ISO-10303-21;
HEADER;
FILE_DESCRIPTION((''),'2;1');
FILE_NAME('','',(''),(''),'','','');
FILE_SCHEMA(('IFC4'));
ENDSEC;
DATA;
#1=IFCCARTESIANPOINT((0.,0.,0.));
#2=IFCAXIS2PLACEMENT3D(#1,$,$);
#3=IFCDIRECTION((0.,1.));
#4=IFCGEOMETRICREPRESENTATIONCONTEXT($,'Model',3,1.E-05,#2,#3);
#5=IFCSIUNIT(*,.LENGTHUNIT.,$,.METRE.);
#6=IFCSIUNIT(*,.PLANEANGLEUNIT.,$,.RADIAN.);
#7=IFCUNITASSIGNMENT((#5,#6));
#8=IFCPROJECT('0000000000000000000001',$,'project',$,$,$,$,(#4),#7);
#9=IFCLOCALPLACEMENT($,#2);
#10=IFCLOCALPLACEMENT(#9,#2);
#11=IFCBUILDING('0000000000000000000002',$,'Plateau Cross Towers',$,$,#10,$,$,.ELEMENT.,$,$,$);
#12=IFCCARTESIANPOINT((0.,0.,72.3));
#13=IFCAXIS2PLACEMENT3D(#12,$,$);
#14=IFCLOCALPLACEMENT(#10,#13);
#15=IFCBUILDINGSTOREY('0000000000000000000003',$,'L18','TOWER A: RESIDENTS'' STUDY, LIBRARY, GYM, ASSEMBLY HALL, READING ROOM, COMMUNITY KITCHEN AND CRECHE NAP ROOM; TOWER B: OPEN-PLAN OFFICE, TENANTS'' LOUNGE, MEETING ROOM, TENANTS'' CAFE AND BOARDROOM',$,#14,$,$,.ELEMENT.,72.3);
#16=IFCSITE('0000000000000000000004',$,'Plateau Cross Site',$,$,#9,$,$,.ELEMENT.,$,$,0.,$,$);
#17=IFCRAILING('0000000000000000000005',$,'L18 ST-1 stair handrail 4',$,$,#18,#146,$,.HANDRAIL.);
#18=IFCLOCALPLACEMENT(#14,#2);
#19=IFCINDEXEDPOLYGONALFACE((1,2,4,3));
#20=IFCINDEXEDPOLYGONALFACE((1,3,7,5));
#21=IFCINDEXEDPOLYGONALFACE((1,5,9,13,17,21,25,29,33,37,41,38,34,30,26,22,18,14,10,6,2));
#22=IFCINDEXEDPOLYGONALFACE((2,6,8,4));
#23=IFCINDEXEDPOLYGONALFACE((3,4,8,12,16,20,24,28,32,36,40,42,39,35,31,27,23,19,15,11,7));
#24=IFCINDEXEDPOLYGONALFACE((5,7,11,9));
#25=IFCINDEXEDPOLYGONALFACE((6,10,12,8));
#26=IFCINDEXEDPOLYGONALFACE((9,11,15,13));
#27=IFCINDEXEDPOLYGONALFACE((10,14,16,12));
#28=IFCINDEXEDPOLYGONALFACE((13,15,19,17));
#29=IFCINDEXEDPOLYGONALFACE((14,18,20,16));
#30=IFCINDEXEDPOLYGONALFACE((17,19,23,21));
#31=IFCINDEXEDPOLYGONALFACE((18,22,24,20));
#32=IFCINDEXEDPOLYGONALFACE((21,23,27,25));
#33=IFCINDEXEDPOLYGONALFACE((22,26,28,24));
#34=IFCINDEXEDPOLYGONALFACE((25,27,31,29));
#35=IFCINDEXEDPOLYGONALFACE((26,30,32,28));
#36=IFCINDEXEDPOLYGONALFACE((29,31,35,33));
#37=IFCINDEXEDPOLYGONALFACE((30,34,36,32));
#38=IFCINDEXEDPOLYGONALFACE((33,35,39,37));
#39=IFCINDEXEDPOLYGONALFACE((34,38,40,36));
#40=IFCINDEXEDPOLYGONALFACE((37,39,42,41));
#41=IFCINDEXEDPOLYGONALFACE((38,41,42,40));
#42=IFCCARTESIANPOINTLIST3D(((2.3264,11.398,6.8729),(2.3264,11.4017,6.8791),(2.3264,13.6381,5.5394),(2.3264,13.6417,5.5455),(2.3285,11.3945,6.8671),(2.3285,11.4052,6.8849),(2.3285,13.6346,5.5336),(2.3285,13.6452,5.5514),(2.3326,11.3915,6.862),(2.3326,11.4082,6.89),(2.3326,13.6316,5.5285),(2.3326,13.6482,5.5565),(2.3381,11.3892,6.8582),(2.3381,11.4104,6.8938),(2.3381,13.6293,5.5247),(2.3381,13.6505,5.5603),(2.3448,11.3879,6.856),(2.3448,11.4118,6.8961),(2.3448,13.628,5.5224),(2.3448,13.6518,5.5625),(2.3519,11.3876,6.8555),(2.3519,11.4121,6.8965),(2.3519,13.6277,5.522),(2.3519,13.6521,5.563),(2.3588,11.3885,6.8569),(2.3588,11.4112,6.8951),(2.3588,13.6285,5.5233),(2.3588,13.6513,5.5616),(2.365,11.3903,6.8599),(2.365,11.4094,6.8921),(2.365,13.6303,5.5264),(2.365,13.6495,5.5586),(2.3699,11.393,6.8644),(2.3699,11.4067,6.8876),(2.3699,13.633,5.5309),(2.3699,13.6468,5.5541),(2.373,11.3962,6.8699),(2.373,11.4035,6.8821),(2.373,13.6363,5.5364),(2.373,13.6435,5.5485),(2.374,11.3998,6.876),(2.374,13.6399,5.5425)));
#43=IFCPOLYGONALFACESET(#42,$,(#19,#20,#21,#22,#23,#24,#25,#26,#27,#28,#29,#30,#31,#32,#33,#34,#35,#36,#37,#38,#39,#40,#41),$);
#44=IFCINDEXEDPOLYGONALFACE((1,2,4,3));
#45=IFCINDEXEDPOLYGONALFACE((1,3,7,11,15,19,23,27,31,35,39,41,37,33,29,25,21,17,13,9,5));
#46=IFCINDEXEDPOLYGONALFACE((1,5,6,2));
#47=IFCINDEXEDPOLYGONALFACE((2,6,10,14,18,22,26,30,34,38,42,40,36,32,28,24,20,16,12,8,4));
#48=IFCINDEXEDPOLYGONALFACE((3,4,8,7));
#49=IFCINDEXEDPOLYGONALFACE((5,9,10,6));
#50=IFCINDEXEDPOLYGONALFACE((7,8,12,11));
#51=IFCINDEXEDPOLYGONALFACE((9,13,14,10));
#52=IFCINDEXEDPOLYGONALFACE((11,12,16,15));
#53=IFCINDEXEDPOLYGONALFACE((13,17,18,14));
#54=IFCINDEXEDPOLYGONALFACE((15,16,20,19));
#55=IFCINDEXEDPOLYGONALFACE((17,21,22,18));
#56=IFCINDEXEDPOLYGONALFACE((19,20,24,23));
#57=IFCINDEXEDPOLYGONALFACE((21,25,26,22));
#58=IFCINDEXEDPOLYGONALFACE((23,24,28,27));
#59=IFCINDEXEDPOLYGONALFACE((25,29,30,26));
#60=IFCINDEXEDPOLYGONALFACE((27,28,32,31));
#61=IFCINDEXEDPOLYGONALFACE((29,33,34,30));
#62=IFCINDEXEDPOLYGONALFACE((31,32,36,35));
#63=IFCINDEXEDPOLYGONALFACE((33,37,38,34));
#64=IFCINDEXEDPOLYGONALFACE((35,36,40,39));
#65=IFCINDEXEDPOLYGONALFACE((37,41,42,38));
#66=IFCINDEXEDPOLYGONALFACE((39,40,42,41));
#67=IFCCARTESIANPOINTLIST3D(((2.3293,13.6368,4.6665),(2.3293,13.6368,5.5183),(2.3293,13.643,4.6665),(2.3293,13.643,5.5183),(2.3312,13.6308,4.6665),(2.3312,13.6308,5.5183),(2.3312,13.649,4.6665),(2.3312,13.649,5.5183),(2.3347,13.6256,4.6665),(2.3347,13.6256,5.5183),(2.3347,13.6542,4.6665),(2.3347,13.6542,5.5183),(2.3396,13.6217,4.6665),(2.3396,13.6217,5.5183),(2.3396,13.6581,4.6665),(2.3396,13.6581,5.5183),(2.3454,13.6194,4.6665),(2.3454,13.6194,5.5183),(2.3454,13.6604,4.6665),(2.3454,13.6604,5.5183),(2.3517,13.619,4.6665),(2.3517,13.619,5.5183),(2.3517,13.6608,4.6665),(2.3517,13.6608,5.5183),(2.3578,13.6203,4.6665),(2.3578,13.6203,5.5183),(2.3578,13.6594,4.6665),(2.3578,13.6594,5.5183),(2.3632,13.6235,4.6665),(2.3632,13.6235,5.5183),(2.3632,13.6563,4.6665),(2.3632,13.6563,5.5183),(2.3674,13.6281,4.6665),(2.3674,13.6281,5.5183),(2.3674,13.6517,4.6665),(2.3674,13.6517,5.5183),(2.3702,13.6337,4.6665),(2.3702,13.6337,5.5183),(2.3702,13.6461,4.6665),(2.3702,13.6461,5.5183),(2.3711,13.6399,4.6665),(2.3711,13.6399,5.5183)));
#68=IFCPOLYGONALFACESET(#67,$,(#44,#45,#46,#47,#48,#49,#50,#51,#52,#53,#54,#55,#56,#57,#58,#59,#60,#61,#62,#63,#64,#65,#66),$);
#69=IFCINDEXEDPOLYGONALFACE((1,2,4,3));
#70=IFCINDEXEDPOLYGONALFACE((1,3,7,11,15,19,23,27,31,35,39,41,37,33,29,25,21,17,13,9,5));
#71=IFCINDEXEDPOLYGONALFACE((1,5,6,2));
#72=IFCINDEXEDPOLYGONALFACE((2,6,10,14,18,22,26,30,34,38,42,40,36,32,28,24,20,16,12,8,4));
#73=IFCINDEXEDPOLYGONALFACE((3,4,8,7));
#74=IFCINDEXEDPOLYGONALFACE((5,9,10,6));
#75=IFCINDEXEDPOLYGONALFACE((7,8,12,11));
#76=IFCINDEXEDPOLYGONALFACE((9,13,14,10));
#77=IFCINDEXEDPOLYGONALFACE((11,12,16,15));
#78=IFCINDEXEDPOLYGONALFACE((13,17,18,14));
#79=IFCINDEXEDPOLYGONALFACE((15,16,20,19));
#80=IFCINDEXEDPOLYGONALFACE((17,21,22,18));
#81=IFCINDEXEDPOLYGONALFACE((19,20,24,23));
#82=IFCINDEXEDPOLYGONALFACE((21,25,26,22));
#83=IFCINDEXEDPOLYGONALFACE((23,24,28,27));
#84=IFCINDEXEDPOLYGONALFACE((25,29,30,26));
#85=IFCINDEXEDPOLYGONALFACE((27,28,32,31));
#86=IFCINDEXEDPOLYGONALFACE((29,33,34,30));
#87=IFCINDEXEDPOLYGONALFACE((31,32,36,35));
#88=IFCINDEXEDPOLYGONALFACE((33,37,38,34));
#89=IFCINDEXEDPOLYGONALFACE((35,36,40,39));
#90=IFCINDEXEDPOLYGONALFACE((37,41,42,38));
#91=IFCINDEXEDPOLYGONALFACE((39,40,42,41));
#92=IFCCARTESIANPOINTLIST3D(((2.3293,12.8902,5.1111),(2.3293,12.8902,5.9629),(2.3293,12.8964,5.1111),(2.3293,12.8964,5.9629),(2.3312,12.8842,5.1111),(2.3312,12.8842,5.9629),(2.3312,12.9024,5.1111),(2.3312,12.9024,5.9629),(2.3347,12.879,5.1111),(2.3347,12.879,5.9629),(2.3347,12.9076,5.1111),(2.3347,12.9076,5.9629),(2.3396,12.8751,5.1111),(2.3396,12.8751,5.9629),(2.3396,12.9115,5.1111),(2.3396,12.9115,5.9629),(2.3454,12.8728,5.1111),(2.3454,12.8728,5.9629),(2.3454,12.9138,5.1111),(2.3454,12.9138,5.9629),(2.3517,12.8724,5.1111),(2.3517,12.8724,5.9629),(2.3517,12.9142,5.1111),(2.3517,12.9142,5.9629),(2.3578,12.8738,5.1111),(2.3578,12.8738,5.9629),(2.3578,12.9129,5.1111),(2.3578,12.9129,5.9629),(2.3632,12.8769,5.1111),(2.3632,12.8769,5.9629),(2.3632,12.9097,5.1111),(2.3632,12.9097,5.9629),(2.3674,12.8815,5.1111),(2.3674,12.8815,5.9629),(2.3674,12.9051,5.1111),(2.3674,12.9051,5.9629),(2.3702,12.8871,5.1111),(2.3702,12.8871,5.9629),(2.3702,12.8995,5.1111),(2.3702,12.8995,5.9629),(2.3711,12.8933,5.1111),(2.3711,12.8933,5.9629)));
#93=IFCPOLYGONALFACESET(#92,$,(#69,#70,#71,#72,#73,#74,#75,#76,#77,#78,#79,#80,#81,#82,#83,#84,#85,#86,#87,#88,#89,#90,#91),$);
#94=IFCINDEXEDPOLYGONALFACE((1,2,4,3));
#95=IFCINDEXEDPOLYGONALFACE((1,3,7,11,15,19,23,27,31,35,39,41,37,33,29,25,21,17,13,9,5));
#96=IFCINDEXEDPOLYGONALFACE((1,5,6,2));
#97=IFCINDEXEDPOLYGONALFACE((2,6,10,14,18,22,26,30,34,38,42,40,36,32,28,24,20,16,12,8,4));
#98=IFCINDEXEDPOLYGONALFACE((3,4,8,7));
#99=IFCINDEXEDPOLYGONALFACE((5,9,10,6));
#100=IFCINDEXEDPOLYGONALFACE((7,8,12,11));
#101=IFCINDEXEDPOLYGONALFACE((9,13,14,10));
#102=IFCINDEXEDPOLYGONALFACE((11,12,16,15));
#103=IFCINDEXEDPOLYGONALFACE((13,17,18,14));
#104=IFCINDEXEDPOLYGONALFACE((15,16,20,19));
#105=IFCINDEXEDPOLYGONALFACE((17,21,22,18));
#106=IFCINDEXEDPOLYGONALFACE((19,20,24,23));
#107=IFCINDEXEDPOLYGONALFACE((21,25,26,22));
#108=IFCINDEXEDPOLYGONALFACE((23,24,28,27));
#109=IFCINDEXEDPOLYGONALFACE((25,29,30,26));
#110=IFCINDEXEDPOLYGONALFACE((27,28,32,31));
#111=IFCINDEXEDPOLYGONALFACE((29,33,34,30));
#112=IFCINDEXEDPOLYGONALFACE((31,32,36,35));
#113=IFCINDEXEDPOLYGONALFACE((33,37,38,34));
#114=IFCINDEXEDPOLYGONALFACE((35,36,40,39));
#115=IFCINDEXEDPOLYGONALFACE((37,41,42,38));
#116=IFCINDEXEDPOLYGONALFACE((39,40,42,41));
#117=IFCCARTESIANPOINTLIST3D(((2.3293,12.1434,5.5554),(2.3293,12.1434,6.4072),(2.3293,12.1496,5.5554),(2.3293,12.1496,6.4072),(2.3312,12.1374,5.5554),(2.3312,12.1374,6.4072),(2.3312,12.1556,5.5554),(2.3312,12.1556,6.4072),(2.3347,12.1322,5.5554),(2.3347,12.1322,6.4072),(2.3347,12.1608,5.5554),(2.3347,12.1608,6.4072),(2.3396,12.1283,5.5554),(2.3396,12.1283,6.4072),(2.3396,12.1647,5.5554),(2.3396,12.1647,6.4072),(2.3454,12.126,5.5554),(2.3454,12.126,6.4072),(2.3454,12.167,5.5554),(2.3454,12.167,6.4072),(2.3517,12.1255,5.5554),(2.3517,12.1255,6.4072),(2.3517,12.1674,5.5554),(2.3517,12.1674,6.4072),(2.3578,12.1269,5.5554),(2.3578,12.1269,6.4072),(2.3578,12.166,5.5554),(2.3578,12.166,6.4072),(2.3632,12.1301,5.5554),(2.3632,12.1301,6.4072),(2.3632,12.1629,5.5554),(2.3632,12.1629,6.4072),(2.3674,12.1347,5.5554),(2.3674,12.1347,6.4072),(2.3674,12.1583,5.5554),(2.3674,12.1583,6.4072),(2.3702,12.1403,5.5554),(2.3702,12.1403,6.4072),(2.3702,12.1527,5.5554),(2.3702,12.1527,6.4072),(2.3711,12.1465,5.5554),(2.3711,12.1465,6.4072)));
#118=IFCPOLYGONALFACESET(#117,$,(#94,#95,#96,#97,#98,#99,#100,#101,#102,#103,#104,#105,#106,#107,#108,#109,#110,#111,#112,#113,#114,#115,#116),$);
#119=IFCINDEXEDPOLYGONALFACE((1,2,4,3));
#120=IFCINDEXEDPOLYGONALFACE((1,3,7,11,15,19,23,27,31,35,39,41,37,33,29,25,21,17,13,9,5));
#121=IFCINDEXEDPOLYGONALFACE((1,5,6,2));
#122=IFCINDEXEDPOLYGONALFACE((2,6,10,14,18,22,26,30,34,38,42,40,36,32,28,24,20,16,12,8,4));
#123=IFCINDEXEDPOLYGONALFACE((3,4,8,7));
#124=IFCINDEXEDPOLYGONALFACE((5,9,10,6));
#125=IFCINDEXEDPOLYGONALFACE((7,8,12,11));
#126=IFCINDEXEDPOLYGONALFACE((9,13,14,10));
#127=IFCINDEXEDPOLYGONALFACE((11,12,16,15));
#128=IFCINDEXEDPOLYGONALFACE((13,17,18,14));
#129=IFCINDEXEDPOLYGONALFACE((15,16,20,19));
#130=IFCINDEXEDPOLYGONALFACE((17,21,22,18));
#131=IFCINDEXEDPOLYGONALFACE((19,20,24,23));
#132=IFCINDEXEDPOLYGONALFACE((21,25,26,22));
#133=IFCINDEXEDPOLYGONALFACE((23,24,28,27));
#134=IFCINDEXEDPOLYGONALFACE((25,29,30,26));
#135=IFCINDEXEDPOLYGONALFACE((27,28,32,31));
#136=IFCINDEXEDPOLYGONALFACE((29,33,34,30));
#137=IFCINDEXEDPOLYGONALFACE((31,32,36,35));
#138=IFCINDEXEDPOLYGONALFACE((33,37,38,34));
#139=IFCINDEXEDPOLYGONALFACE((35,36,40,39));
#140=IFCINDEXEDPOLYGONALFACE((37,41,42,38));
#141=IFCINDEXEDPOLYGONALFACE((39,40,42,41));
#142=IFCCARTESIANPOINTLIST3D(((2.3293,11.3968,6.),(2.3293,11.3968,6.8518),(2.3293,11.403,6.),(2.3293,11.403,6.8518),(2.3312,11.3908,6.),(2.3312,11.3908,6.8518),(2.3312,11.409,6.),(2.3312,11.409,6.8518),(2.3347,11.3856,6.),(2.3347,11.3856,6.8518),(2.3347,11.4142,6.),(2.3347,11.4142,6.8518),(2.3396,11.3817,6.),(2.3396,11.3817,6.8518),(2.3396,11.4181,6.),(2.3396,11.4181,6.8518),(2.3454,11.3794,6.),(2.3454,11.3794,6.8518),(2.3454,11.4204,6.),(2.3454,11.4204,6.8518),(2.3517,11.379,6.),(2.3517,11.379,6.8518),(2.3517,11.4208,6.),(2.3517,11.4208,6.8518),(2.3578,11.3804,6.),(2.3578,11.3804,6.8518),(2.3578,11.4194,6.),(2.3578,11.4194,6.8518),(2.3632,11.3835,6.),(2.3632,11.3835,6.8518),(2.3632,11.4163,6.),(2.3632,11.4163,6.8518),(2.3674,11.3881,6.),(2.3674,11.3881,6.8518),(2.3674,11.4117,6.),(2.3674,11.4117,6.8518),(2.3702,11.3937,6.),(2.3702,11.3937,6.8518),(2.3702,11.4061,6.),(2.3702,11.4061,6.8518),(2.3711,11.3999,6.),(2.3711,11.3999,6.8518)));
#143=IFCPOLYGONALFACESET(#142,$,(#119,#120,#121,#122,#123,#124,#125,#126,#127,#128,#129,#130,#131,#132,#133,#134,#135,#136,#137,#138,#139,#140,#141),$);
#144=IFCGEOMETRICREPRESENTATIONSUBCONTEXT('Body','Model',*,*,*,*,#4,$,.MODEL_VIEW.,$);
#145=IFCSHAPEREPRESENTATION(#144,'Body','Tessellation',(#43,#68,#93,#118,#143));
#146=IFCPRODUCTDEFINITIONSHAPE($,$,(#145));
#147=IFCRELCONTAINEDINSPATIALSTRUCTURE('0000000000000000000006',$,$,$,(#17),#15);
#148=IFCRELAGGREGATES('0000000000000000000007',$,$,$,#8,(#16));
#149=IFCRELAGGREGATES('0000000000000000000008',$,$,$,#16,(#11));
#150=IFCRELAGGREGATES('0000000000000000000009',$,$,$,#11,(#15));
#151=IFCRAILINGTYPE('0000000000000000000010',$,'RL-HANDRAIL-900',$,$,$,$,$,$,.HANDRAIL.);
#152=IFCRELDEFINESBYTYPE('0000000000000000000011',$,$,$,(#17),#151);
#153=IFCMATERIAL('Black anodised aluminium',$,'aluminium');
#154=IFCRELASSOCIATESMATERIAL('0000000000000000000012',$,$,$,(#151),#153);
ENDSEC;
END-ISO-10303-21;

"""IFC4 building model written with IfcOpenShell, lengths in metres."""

from ifc_helpers import new_model, si_unit, direction, frame, origin, origin_2d, place, context, subcontext, project, spatial, circle, extrude, material, type_object, element, save


model = new_model("IFC4")

# Units and contexts
model_context = context("Model", 3, precision=1e-05, world=origin(), true_north=direction((0.0, 1.0)))
body_context = subcontext(model_context, "Body", "Model", "MODEL_VIEW")
ifc_project = project(units=[si_unit("LENGTHUNIT", "METRE"), si_unit("PLANEANGLEUNIT", "RADIAN")], contexts=[model_context])

# Site, building, storey
site_placement = place(None, origin())
site = spatial("IfcSite", under=ifc_project, at=site_placement, Name="Plateau Cross Site", CompositionType="ELEMENT", RefElevation=0.0)
building_placement = place(site_placement, origin())
building = spatial("IfcBuilding", under=site, at=building_placement, Name="Plateau Cross Towers", CompositionType="ELEMENT")
storey_placement = place(building_placement, frame((0.0, 0.0, 72.3)))
storey = spatial("IfcBuildingStorey", under=building, at=storey_placement, Name="L18", Description="TOWER A: RESIDENTS' STUDY, LIBRARY, GYM, ASSEMBLY HALL, READING ROOM, COMMUNITY KITCHEN AND CRECHE NAP ROOM; TOWER B: OPEN-PLAN OFFICE, TENANTS' LOUNGE, MEETING ROOM, TENANTS' CAFE AND BOARDROOM", CompositionType="ELEMENT", Elevation=72.3)

# Shared definitions
ifc_material_1 = material(Name="Black anodised aluminium", Category="aluminium")

# Railing
railing_type_1 = type_object("IfcRailingType", Name="RL-HANDRAIL-900", PredefinedType="HANDRAIL", material=ifc_material_1)
for number, where, name in (
    (1, (2.3501, 13.6399, 4.6665), "L18 ST-1 stair handrail 4"),
):
    element("IfcRailing", number, at=place(storey_placement, frame(where)), inside=storey, type_object=railing_type_1, Name=name, PredefinedType="HANDRAIL", context=body_context, shape_type="SweptSolid", body=[
        extrude(circle(Radius=0.0239, at=origin_2d()), frame((0.0, 0.0, 0.876), z_axis=(0.0, -0.859264, 0.511532), x_axis=(1.0, 0.0, 0.0)), (0.0, 0.0, 1.0), 2.6069),
        extrude(circle(Radius=0.021, at=origin_2d()), origin(), (0.0, 0.0, 1.0), 0.8518),
        extrude(circle(Radius=0.021, at=origin_2d()), frame((0.0, -0.7466, 0.4446)), (0.0, 0.0, 1.0), 0.8518),
        extrude(circle(Radius=0.021, at=origin_2d()), frame((0.0, -1.4934, 0.8889)), (0.0, 0.0, 1.0), 0.8518),
        extrude(circle(Radius=0.021, at=origin_2d()), frame((0.0, -2.24, 1.3335)), (0.0, 0.0, 1.0), 0.8518),
    ])

save(model, "model.ifc")
